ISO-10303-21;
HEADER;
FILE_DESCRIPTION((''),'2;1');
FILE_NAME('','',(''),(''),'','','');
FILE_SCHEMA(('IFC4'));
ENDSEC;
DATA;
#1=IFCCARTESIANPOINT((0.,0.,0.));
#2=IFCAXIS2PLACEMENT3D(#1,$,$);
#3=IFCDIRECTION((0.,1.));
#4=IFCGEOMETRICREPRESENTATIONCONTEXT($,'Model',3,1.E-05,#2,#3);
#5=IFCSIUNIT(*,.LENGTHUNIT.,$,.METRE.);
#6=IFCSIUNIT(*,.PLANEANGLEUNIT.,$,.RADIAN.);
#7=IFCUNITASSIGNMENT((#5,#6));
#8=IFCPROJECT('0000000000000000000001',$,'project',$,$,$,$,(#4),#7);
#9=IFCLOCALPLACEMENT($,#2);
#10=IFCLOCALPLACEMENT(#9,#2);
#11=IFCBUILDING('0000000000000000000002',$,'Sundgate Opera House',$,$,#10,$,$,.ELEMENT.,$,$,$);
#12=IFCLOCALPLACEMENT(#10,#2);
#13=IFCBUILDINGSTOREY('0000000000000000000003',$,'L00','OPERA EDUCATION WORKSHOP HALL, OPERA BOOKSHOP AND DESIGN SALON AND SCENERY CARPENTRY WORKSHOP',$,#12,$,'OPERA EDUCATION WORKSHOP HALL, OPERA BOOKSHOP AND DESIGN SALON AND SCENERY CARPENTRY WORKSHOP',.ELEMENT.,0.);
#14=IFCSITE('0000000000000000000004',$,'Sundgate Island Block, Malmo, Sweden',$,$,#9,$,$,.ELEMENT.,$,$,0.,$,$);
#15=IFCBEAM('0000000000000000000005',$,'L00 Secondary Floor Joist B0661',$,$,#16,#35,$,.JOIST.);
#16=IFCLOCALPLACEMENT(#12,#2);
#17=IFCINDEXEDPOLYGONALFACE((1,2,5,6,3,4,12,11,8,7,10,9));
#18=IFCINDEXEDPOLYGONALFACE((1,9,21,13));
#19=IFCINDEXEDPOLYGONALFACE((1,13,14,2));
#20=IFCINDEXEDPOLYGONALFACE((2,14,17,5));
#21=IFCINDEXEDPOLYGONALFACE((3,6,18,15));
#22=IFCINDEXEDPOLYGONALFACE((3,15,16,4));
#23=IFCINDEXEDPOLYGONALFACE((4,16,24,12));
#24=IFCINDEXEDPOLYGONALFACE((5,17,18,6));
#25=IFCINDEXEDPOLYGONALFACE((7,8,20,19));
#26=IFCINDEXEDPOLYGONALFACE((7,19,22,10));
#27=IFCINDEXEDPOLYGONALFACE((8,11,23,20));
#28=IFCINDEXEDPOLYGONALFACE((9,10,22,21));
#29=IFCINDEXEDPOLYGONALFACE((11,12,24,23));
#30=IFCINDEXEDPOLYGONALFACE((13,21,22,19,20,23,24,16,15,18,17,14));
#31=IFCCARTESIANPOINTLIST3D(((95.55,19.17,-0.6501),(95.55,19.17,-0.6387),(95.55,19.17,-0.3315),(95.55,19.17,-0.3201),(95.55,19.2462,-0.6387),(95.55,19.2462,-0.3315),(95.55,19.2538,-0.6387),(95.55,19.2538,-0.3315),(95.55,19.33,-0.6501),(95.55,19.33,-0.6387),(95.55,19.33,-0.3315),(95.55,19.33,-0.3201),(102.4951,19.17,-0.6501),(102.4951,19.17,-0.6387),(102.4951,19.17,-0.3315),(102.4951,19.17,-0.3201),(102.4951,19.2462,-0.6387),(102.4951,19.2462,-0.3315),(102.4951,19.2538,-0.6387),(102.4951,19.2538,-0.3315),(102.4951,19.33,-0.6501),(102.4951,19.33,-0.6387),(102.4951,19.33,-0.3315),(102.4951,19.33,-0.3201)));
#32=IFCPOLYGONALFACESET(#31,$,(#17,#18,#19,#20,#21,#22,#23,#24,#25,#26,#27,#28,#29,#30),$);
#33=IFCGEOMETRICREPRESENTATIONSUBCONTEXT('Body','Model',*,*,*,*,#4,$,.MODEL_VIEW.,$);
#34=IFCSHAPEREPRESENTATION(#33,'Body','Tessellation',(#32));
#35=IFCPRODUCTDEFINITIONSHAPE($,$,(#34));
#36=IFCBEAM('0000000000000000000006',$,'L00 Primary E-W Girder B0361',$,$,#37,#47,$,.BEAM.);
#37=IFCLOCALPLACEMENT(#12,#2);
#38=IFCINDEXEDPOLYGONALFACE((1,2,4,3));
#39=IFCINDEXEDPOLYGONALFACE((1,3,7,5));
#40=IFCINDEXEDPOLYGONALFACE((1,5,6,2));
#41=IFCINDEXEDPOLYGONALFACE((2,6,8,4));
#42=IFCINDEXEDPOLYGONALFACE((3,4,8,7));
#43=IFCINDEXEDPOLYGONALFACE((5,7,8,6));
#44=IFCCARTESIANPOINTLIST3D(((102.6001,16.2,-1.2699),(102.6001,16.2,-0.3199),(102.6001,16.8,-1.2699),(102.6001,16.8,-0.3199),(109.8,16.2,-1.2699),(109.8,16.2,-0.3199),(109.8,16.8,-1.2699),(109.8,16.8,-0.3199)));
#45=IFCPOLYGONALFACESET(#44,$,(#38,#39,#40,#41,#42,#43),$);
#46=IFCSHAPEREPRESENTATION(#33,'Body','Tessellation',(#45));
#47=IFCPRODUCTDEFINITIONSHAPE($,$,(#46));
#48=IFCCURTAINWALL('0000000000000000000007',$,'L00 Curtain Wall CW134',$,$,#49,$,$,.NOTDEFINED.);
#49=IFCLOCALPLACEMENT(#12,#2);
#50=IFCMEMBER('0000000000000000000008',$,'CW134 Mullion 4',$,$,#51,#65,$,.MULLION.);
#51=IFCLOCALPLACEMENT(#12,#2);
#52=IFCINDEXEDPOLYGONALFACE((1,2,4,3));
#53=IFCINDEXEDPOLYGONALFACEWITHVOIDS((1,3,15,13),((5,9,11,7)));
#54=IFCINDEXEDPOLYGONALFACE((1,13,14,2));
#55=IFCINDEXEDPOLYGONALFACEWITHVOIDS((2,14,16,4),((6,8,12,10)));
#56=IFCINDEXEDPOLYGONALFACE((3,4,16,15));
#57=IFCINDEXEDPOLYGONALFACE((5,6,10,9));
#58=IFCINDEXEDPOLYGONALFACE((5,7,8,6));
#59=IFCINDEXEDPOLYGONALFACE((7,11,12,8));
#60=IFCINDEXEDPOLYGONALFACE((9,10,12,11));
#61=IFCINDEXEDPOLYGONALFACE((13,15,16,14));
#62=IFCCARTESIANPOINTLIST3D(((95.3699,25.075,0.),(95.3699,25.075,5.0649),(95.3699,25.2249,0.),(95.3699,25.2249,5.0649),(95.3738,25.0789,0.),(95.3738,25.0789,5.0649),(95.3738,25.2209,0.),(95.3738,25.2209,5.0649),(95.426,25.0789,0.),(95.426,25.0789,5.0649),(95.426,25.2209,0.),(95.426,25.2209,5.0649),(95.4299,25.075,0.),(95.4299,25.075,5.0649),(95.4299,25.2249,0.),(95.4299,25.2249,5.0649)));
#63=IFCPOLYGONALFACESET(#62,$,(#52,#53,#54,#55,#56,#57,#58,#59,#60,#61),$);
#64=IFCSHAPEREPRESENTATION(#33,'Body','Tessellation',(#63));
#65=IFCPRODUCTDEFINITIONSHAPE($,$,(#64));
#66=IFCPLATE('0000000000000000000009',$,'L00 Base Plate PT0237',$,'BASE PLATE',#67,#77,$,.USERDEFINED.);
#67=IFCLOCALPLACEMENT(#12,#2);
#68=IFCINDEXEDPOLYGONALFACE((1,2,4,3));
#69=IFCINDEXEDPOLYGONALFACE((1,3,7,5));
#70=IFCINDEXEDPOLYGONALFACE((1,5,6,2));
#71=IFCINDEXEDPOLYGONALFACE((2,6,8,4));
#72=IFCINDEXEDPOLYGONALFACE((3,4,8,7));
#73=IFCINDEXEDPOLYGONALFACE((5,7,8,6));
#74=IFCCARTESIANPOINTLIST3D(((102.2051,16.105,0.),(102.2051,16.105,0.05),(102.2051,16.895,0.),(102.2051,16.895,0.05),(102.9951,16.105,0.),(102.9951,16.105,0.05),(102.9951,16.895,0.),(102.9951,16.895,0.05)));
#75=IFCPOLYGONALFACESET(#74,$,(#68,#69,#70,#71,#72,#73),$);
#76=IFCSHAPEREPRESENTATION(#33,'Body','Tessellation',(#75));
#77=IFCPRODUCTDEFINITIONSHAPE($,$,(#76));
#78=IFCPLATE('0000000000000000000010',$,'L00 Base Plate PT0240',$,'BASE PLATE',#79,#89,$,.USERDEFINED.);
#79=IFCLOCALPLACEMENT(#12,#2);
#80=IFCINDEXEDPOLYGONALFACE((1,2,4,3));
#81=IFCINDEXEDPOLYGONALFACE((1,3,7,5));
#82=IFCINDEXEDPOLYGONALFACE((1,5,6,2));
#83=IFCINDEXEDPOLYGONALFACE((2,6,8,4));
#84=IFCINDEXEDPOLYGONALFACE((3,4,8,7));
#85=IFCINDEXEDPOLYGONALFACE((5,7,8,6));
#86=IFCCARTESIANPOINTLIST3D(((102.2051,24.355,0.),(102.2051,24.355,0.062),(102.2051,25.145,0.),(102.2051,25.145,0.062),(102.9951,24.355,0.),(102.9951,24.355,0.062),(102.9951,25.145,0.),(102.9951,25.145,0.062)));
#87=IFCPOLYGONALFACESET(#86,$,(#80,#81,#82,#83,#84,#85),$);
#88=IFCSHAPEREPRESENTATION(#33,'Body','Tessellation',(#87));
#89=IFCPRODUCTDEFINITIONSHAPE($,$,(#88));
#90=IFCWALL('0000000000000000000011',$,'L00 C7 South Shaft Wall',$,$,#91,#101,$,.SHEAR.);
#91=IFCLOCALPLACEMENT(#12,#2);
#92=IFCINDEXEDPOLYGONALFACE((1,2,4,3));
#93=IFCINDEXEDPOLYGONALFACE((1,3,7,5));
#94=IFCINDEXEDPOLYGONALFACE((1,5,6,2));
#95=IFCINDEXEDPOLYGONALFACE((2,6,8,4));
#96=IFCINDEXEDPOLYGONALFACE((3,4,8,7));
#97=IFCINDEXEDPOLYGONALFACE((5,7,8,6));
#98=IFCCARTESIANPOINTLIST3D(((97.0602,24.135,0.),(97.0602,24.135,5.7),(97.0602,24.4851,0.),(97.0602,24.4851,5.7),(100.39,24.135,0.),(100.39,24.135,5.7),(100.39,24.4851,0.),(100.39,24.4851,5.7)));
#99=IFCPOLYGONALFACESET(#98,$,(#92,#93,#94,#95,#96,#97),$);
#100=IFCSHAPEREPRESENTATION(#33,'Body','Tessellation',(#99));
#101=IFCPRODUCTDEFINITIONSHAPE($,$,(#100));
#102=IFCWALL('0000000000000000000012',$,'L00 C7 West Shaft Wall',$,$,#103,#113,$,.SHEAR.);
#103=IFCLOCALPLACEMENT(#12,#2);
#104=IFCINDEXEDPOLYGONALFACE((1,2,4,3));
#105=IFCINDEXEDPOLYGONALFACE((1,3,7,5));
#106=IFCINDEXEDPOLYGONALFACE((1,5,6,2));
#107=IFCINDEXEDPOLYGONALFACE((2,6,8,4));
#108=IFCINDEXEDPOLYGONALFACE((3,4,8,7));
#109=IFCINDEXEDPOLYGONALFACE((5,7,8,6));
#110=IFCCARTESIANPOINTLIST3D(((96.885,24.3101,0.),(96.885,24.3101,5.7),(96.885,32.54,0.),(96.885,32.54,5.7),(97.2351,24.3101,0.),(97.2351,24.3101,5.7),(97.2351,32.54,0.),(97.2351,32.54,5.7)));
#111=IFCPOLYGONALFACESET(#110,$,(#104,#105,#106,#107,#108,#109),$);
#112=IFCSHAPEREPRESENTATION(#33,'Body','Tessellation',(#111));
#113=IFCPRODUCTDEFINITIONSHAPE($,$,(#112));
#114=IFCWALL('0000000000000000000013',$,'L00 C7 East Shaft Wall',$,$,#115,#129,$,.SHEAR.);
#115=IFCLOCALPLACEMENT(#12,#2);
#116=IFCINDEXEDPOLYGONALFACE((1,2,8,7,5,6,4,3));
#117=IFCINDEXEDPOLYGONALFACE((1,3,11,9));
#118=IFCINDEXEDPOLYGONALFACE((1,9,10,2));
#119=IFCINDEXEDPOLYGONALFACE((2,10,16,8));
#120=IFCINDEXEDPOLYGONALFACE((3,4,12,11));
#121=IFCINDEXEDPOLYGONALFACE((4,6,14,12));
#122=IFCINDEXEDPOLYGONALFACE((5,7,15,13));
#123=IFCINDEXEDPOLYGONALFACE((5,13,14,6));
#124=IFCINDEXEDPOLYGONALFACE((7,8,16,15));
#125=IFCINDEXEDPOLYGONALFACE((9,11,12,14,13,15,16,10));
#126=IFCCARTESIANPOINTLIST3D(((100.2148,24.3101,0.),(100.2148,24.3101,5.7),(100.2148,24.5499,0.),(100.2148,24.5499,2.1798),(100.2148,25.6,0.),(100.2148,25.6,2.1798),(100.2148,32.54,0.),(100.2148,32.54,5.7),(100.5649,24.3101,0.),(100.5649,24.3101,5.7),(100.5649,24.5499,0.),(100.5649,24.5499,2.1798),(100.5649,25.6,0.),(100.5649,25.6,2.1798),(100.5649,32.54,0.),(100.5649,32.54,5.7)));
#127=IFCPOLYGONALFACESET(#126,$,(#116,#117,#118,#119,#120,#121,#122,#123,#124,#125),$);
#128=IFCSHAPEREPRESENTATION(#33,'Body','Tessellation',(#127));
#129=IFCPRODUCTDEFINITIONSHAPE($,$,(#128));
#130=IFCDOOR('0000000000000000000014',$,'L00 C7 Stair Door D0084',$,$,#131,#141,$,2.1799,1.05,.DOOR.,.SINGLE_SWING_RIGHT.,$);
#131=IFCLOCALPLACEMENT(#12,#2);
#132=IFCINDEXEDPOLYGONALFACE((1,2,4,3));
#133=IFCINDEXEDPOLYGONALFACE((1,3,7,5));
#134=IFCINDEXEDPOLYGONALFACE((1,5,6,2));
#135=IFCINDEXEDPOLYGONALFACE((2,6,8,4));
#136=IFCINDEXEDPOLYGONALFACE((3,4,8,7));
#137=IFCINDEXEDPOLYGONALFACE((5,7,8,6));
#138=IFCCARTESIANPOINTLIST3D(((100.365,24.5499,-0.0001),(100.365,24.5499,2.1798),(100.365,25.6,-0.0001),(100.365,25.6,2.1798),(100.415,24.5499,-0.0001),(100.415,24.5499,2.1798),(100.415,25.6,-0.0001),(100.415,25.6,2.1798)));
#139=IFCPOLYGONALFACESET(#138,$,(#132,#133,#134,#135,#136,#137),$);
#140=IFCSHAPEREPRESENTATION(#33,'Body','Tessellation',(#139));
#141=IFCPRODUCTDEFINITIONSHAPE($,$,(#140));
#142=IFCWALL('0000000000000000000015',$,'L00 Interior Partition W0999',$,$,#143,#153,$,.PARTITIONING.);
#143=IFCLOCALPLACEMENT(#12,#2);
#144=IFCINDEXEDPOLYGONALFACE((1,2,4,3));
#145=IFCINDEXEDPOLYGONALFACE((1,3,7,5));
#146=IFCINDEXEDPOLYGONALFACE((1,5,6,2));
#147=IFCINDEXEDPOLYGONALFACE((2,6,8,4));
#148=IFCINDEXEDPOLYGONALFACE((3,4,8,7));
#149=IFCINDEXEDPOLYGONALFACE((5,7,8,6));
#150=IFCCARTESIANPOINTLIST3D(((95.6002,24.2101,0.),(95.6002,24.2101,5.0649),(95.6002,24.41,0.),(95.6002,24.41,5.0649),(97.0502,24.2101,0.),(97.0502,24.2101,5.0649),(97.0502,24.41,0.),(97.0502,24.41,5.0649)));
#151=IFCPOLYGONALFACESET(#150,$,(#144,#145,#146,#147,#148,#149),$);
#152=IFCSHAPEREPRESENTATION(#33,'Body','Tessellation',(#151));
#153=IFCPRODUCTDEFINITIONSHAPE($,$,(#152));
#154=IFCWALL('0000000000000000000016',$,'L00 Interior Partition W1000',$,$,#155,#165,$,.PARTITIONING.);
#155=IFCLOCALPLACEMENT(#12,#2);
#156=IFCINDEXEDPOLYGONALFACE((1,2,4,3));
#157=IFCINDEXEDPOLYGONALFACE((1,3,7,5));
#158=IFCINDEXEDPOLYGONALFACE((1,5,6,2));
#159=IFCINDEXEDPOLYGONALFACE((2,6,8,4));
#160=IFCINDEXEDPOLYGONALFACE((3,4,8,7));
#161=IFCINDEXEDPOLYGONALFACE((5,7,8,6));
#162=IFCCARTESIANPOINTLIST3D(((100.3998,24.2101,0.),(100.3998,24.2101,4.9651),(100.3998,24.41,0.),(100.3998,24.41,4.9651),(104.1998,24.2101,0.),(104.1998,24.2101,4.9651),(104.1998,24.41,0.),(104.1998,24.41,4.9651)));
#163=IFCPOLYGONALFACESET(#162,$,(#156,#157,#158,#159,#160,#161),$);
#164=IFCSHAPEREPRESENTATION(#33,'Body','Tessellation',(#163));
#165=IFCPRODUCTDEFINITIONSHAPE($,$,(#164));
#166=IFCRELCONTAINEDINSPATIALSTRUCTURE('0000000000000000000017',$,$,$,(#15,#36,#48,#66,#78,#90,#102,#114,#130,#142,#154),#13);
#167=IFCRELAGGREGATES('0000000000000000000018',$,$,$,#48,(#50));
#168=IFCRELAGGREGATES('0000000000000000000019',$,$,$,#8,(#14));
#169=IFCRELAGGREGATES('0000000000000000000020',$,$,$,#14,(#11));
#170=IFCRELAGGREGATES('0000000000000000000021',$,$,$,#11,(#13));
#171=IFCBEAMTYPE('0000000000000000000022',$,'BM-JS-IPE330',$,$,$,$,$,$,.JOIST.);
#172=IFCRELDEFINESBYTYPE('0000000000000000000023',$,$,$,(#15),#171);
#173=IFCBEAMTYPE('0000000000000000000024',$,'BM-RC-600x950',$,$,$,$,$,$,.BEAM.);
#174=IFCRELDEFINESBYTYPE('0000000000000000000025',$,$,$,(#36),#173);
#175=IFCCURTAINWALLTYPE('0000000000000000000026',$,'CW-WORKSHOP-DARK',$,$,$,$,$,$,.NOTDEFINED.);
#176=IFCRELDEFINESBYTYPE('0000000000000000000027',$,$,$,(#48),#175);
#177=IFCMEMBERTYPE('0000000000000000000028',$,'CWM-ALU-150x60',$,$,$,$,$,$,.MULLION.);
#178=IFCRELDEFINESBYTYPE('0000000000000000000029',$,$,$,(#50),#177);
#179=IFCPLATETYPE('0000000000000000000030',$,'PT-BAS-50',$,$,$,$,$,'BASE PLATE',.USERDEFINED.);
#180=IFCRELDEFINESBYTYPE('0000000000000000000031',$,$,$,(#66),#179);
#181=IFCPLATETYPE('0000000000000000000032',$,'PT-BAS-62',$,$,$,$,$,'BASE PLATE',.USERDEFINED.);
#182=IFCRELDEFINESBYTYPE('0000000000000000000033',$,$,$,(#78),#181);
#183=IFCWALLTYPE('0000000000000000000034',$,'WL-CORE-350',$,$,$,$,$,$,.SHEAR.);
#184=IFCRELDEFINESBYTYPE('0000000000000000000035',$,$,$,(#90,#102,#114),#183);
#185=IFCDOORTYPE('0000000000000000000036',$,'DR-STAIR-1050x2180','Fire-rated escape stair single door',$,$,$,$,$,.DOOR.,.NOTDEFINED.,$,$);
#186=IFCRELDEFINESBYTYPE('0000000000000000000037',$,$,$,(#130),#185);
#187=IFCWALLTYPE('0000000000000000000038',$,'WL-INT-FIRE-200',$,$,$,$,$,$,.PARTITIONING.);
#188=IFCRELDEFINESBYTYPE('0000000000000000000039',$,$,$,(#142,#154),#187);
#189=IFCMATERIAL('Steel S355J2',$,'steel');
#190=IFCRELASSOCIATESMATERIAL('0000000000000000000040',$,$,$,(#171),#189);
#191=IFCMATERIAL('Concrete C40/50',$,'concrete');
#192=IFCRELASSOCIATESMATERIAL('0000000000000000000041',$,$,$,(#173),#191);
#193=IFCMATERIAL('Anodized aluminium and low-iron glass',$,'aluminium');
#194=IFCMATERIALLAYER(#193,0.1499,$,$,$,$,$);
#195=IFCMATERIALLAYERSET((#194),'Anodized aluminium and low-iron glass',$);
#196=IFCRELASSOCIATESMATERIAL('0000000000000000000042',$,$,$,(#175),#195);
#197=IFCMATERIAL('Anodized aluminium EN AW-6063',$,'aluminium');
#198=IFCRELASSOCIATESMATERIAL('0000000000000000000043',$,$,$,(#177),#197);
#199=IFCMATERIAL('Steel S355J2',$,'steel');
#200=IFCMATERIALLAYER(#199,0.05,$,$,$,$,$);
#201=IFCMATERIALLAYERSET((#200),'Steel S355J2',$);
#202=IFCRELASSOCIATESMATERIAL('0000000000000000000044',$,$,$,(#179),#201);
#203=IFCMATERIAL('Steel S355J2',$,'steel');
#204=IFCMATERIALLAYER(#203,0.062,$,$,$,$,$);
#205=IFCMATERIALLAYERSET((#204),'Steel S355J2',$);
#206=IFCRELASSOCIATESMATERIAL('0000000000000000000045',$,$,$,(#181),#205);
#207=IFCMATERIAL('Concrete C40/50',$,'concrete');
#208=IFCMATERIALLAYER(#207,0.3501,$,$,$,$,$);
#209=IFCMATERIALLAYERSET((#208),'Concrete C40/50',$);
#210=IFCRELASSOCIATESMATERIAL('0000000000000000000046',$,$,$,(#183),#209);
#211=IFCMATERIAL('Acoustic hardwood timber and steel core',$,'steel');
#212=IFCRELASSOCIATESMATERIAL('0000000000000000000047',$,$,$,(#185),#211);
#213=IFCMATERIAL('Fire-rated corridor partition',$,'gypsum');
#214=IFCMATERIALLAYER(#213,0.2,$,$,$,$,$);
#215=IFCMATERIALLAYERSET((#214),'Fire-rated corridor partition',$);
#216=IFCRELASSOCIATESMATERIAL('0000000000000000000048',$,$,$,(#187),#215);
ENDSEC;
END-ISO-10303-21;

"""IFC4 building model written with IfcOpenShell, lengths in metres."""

from ifc_helpers import new_model, si_unit, direction, frame, frame_2d, origin, origin_2d, place, context, subcontext, project, spatial, rectangle, hollow_rectangle, i_section, extrude, material, layer, layer_set, material_profile, profile_set, type_object, element, fill, aggregate, save


model = new_model("IFC4")

# Units and contexts
model_context = context("Model", 3, precision=1e-05, world=origin(), true_north=direction((0.0, 1.0)))
body_context = subcontext(model_context, "Body", "Model", "MODEL_VIEW")
ifc_project = project(units=[si_unit("LENGTHUNIT", "METRE"), si_unit("PLANEANGLEUNIT", "RADIAN")], contexts=[model_context])

# Site, building, storey
site_placement = place(None, origin())
site = spatial("IfcSite", under=ifc_project, at=site_placement, Name="Sundgate Island Block, Malmo, Sweden", CompositionType="ELEMENT", RefElevation=0.0)
building_placement = place(site_placement, origin())
building = spatial("IfcBuilding", under=site, at=building_placement, Name="Sundgate Opera House", CompositionType="ELEMENT")
storey_placement = place(building_placement, origin())
storey = spatial("IfcBuildingStorey", under=building, at=storey_placement, Name="L00", Description="OPERA EDUCATION WORKSHOP HALL, OPERA BOOKSHOP AND DESIGN SALON AND SCENERY CARPENTRY WORKSHOP", LongName="OPERA EDUCATION WORKSHOP HALL, OPERA BOOKSHOP AND DESIGN SALON AND SCENERY CARPENTRY WORKSHOP", CompositionType="ELEMENT", Elevation=0.0)

# Beams
ifc_material_1 = material(Name="Steel S355J2", Category="steel")
ifc_material_profile_1 = material_profile(ifc_material_1, i_section(OverallWidth=0.1599, OverallDepth=0.3301, WebThickness=0.0076, FlangeThickness=0.0115, at=origin_2d()), Name="IPE 330")
ifc_profile_set_1 = profile_set([ifc_material_profile_1], Name="Steel S355J2")
beam_type_1 = type_object("IfcBeamType", Name="BM-JS-IPE330", PredefinedType="JOIST", material=ifc_profile_set_1)
beam_1_placement = place(storey_placement, frame((95.55, 19.25, -0.4851), z_axis=(1.0, 0.0, 0.0), x_axis=(0.0, 1.0, 0.0)))
element("IfcBeam", 1, at=beam_1_placement, inside=storey, type_object=beam_type_1, Name="L00 Secondary Floor Joist B0661", PredefinedType="JOIST", context=body_context, shape_type="SweptSolid", body=[
    extrude(i_section(OverallWidth=0.1599, OverallDepth=0.3301, WebThickness=0.0076, FlangeThickness=0.0115, at=origin_2d()), origin(), (0.0, 0.0, 1.0), 6.9451),
])
ifc_material_2 = material(Name="Concrete C40/50", Category="concrete")
ifc_material_profile_2 = material_profile(ifc_material_2, rectangle(XDim=0.6001, YDim=0.95, at=origin_2d()), Name="RC 600x950")
ifc_profile_set_2 = profile_set([ifc_material_profile_2], Name="Concrete C40/50")
beam_type_2 = type_object("IfcBeamType", Name="BM-RC-600x950", PredefinedType="BEAM", material=ifc_profile_set_2)
beam_2_placement = place(storey_placement, frame((102.6001, 16.5, -0.7949), z_axis=(1.0, 0.0, 0.0), x_axis=(0.0, 1.0, 0.0)))
element("IfcBeam", 2, at=beam_2_placement, inside=storey, type_object=beam_type_2, Name="L00 Primary E-W Girder B0361", PredefinedType="BEAM", context=body_context, shape_type="SweptSolid", body=[
    extrude(rectangle(XDim=0.6001, YDim=0.95, at=origin_2d()), origin(), (0.0, 0.0, 1.0), 7.2),
])

# Curtain wall, member
ifc_material_3 = material(Name="Anodized aluminium and low-iron glass", Category="aluminium")
ifc_layer_1 = layer(ifc_material_3, 0.1499)
ifc_layer_set_1 = layer_set([ifc_layer_1], Name="Anodized aluminium and low-iron glass")
curtain_wall_type = type_object("IfcCurtainWallType", Name="CW-WORKSHOP-DARK", PredefinedType="NOTDEFINED", material=ifc_layer_set_1)
curtain_wall_placement = place(storey_placement, origin())
curtain_wall = element("IfcCurtainWall", 3, at=curtain_wall_placement, inside=storey, type_object=curtain_wall_type, Name="L00 Curtain Wall CW134", PredefinedType="NOTDEFINED")
ifc_material_4 = material(Name="Anodized aluminium EN AW-6063", Category="aluminium")
ifc_material_profile_3 = material_profile(ifc_material_4, hollow_rectangle(XDim=0.0601, YDim=0.1499, WallThickness=0.0039, at=origin_2d()), Name="CWM 150x60x4")
ifc_profile_set_3 = profile_set([ifc_material_profile_3], Name="Anodized aluminium EN AW-6063")
member_type = type_object("IfcMemberType", Name="CWM-ALU-150x60", PredefinedType="MULLION", material=ifc_profile_set_3)
member_placement = place(storey_placement, frame((95.3999, 25.1499, 0.0), z_axis=(0.0, 0.0, 1.0), x_axis=(1.0, 0.0, 0.0)))
member = element("IfcMember", 4, at=member_placement, type_object=member_type, Name="CW134 Mullion 4", PredefinedType="MULLION", context=body_context, shape_type="SweptSolid", body=[
    extrude(hollow_rectangle(XDim=0.0601, YDim=0.1499, WallThickness=0.0039, at=origin_2d()), origin(), (0.0, 0.0, 1.0), 5.0649),
])
aggregate(curtain_wall, [member])

# Plates
ifc_material_5 = material(Name="Steel S355J2", Category="steel")
ifc_layer_2 = layer(ifc_material_5, 0.05)
ifc_layer_set_2 = layer_set([ifc_layer_2], Name="Steel S355J2")
plate_type_1 = type_object("IfcPlateType", Name="PT-BAS-50", ElementType="BASE PLATE", PredefinedType="USERDEFINED", material=ifc_layer_set_2)
plate_1_placement = place(storey_placement, frame((102.6001, 16.5, 0.0), z_axis=(0.0, 0.0, 1.0), x_axis=(1.0, 0.0, 0.0)))
element("IfcPlate", 5, at=plate_1_placement, inside=storey, type_object=plate_type_1, Name="L00 Base Plate PT0237", ObjectType="BASE PLATE", PredefinedType="USERDEFINED", context=body_context, shape_type="SweptSolid", body=[
    extrude(rectangle(XDim=0.79, YDim=0.79, at=origin_2d()), origin(), (0.0, 0.0, 1.0), 0.05),
])
ifc_material_6 = material(Name="Steel S355J2", Category="steel")
ifc_layer_3 = layer(ifc_material_6, 0.062)
ifc_layer_set_3 = layer_set([ifc_layer_3], Name="Steel S355J2")
plate_type_2 = type_object("IfcPlateType", Name="PT-BAS-62", ElementType="BASE PLATE", PredefinedType="USERDEFINED", material=ifc_layer_set_3)
plate_2_placement = place(storey_placement, frame((102.6001, 24.75, 0.0), z_axis=(0.0, 0.0, 1.0), x_axis=(1.0, 0.0, 0.0)))
element("IfcPlate", 6, at=plate_2_placement, inside=storey, type_object=plate_type_2, Name="L00 Base Plate PT0240", ObjectType="BASE PLATE", PredefinedType="USERDEFINED", context=body_context, shape_type="SweptSolid", body=[
    extrude(rectangle(XDim=0.79, YDim=0.79, at=origin_2d()), origin(), (0.0, 0.0, 1.0), 0.062),
])

# Walls
ifc_material_7 = material(Name="Concrete C40/50", Category="concrete")
ifc_layer_4 = layer(ifc_material_7, 0.3501)
ifc_layer_set_4 = layer_set([ifc_layer_4], Name="Concrete C40/50")
wall_type_1 = type_object("IfcWallType", Name="WL-CORE-350", PredefinedType="SHEAR", material=ifc_layer_set_4)
wall_1_placement = place(storey_placement, frame((97.0601, 24.3101, 0.0), z_axis=(0.0, 0.0, 1.0), x_axis=(1.0, 0.0, 0.0)))
element("IfcWall", 7, at=wall_1_placement, inside=storey, type_object=wall_type_1, Name="L00 C7 South Shaft Wall", PredefinedType="SHEAR", context=body_context, shape_type="SweptSolid", body=[
    extrude(rectangle(XDim=3.3298, YDim=0.3501, at=frame_2d((1.665, 0.0))), origin(), (0.0, 0.0, 1.0), 5.7),
])
wall_2_placement = place(storey_placement, frame((97.0601, 24.3101, 0.0), z_axis=(0.0, 0.0, 1.0), x_axis=(0.0, 1.0, 0.0)))
element("IfcWall", 8, at=wall_2_placement, inside=storey, type_object=wall_type_1, Name="L00 C7 West Shaft Wall", PredefinedType="SHEAR", context=body_context, shape_type="SweptSolid", body=[
    extrude(rectangle(XDim=8.23, YDim=0.3501, at=frame_2d((4.115, 0.0))), origin(), (0.0, 0.0, 1.0), 5.7),
])

# Wall, opening, door
wall_3_placement = place(storey_placement, frame((100.3899, 24.3101, 0.0), z_axis=(0.0, 0.0, 1.0), x_axis=(0.0, 1.0, 0.0)))
wall_3 = element("IfcWall", 9, at=wall_3_placement, inside=storey, type_object=wall_type_1, Name="L00 C7 East Shaft Wall", PredefinedType="SHEAR", context=body_context, shape_type="SweptSolid", body=[
    extrude(rectangle(XDim=8.23, YDim=0.3501, at=frame_2d((4.115, 0.0))), origin(), (0.0, 0.0, 1.0), 5.7),
])
opening_placement = place(wall_3_placement, frame((0.24, 0.0, 0.0)))
opening = element("IfcOpeningElement", 10, at=opening_placement, cuts=wall_3, PredefinedType="OPENING", context=body_context, shape_type="SweptSolid", body=[
    extrude(rectangle(XDim=1.05, YDim=2.1799, at=frame_2d((0.5249, 1.0898))), frame((0.0, 0.1851, 0.0), z_axis=(0.0, -1.0, 0.0), x_axis=(1.0, 0.0, 0.0)), (0.0, 0.0, 1.0), 0.3701),
])
ifc_material_8 = material(Name="Acoustic hardwood timber and steel core", Category="steel")
door_type = type_object("IfcDoorType", Name="DR-STAIR-1050x2180", Description="Fire-rated escape stair single door", OperationType="NOTDEFINED", PredefinedType="DOOR", material=ifc_material_8)
door_placement = place(opening_placement, origin())
door = element("IfcDoor", 11, at=door_placement, inside=storey, type_object=door_type, Name="L00 C7 Stair Door D0084", OperationType="SINGLE_SWING_RIGHT", OverallHeight=2.1799, OverallWidth=1.05, PredefinedType="DOOR", context=body_context, shape_type="SweptSolid", body=[
    extrude(rectangle(XDim=1.05, YDim=2.1799, at=frame_2d((0.5249, 1.0898))), frame((0.0, 0.0249, 0.0), z_axis=(0.0, -1.0, 0.0), x_axis=(1.0, 0.0, 0.0)), (0.0, 0.0, 1.0), 0.05),
])
fill(opening, door)

# Walls
ifc_material_9 = material(Name="Fire-rated corridor partition", Category="gypsum")
ifc_layer_5 = layer(ifc_material_9, 0.2)
ifc_layer_set_5 = layer_set([ifc_layer_5], Name="Fire-rated corridor partition")
wall_type_2 = type_object("IfcWallType", Name="WL-INT-FIRE-200", PredefinedType="PARTITIONING", material=ifc_layer_set_5)
wall_4_placement = place(storey_placement, frame((95.6001, 24.3101, 0.0), z_axis=(0.0, 0.0, 1.0), x_axis=(1.0, 0.0, 0.0)))
element("IfcWall", 12, at=wall_4_placement, inside=storey, type_object=wall_type_2, Name="L00 Interior Partition W0999", PredefinedType="PARTITIONING", context=body_context, shape_type="SweptSolid", body=[
    extrude(rectangle(XDim=1.45, YDim=0.2, at=frame_2d((0.7251, 0.0))), origin(), (0.0, 0.0, 1.0), 5.0649),
])
wall_5_placement = place(storey_placement, frame((100.3999, 24.3101, 0.0), z_axis=(0.0, 0.0, 1.0), x_axis=(1.0, 0.0, 0.0)))
element("IfcWall", 13, at=wall_5_placement, inside=storey, type_object=wall_type_2, Name="L00 Interior Partition W1000", PredefinedType="PARTITIONING", context=body_context, shape_type="SweptSolid", body=[
    extrude(rectangle(XDim=3.8, YDim=0.2, at=frame_2d((1.8999, 0.0))), origin(), (0.0, 0.0, 1.0), 4.9651),
])

save(model, "model.ifc")
